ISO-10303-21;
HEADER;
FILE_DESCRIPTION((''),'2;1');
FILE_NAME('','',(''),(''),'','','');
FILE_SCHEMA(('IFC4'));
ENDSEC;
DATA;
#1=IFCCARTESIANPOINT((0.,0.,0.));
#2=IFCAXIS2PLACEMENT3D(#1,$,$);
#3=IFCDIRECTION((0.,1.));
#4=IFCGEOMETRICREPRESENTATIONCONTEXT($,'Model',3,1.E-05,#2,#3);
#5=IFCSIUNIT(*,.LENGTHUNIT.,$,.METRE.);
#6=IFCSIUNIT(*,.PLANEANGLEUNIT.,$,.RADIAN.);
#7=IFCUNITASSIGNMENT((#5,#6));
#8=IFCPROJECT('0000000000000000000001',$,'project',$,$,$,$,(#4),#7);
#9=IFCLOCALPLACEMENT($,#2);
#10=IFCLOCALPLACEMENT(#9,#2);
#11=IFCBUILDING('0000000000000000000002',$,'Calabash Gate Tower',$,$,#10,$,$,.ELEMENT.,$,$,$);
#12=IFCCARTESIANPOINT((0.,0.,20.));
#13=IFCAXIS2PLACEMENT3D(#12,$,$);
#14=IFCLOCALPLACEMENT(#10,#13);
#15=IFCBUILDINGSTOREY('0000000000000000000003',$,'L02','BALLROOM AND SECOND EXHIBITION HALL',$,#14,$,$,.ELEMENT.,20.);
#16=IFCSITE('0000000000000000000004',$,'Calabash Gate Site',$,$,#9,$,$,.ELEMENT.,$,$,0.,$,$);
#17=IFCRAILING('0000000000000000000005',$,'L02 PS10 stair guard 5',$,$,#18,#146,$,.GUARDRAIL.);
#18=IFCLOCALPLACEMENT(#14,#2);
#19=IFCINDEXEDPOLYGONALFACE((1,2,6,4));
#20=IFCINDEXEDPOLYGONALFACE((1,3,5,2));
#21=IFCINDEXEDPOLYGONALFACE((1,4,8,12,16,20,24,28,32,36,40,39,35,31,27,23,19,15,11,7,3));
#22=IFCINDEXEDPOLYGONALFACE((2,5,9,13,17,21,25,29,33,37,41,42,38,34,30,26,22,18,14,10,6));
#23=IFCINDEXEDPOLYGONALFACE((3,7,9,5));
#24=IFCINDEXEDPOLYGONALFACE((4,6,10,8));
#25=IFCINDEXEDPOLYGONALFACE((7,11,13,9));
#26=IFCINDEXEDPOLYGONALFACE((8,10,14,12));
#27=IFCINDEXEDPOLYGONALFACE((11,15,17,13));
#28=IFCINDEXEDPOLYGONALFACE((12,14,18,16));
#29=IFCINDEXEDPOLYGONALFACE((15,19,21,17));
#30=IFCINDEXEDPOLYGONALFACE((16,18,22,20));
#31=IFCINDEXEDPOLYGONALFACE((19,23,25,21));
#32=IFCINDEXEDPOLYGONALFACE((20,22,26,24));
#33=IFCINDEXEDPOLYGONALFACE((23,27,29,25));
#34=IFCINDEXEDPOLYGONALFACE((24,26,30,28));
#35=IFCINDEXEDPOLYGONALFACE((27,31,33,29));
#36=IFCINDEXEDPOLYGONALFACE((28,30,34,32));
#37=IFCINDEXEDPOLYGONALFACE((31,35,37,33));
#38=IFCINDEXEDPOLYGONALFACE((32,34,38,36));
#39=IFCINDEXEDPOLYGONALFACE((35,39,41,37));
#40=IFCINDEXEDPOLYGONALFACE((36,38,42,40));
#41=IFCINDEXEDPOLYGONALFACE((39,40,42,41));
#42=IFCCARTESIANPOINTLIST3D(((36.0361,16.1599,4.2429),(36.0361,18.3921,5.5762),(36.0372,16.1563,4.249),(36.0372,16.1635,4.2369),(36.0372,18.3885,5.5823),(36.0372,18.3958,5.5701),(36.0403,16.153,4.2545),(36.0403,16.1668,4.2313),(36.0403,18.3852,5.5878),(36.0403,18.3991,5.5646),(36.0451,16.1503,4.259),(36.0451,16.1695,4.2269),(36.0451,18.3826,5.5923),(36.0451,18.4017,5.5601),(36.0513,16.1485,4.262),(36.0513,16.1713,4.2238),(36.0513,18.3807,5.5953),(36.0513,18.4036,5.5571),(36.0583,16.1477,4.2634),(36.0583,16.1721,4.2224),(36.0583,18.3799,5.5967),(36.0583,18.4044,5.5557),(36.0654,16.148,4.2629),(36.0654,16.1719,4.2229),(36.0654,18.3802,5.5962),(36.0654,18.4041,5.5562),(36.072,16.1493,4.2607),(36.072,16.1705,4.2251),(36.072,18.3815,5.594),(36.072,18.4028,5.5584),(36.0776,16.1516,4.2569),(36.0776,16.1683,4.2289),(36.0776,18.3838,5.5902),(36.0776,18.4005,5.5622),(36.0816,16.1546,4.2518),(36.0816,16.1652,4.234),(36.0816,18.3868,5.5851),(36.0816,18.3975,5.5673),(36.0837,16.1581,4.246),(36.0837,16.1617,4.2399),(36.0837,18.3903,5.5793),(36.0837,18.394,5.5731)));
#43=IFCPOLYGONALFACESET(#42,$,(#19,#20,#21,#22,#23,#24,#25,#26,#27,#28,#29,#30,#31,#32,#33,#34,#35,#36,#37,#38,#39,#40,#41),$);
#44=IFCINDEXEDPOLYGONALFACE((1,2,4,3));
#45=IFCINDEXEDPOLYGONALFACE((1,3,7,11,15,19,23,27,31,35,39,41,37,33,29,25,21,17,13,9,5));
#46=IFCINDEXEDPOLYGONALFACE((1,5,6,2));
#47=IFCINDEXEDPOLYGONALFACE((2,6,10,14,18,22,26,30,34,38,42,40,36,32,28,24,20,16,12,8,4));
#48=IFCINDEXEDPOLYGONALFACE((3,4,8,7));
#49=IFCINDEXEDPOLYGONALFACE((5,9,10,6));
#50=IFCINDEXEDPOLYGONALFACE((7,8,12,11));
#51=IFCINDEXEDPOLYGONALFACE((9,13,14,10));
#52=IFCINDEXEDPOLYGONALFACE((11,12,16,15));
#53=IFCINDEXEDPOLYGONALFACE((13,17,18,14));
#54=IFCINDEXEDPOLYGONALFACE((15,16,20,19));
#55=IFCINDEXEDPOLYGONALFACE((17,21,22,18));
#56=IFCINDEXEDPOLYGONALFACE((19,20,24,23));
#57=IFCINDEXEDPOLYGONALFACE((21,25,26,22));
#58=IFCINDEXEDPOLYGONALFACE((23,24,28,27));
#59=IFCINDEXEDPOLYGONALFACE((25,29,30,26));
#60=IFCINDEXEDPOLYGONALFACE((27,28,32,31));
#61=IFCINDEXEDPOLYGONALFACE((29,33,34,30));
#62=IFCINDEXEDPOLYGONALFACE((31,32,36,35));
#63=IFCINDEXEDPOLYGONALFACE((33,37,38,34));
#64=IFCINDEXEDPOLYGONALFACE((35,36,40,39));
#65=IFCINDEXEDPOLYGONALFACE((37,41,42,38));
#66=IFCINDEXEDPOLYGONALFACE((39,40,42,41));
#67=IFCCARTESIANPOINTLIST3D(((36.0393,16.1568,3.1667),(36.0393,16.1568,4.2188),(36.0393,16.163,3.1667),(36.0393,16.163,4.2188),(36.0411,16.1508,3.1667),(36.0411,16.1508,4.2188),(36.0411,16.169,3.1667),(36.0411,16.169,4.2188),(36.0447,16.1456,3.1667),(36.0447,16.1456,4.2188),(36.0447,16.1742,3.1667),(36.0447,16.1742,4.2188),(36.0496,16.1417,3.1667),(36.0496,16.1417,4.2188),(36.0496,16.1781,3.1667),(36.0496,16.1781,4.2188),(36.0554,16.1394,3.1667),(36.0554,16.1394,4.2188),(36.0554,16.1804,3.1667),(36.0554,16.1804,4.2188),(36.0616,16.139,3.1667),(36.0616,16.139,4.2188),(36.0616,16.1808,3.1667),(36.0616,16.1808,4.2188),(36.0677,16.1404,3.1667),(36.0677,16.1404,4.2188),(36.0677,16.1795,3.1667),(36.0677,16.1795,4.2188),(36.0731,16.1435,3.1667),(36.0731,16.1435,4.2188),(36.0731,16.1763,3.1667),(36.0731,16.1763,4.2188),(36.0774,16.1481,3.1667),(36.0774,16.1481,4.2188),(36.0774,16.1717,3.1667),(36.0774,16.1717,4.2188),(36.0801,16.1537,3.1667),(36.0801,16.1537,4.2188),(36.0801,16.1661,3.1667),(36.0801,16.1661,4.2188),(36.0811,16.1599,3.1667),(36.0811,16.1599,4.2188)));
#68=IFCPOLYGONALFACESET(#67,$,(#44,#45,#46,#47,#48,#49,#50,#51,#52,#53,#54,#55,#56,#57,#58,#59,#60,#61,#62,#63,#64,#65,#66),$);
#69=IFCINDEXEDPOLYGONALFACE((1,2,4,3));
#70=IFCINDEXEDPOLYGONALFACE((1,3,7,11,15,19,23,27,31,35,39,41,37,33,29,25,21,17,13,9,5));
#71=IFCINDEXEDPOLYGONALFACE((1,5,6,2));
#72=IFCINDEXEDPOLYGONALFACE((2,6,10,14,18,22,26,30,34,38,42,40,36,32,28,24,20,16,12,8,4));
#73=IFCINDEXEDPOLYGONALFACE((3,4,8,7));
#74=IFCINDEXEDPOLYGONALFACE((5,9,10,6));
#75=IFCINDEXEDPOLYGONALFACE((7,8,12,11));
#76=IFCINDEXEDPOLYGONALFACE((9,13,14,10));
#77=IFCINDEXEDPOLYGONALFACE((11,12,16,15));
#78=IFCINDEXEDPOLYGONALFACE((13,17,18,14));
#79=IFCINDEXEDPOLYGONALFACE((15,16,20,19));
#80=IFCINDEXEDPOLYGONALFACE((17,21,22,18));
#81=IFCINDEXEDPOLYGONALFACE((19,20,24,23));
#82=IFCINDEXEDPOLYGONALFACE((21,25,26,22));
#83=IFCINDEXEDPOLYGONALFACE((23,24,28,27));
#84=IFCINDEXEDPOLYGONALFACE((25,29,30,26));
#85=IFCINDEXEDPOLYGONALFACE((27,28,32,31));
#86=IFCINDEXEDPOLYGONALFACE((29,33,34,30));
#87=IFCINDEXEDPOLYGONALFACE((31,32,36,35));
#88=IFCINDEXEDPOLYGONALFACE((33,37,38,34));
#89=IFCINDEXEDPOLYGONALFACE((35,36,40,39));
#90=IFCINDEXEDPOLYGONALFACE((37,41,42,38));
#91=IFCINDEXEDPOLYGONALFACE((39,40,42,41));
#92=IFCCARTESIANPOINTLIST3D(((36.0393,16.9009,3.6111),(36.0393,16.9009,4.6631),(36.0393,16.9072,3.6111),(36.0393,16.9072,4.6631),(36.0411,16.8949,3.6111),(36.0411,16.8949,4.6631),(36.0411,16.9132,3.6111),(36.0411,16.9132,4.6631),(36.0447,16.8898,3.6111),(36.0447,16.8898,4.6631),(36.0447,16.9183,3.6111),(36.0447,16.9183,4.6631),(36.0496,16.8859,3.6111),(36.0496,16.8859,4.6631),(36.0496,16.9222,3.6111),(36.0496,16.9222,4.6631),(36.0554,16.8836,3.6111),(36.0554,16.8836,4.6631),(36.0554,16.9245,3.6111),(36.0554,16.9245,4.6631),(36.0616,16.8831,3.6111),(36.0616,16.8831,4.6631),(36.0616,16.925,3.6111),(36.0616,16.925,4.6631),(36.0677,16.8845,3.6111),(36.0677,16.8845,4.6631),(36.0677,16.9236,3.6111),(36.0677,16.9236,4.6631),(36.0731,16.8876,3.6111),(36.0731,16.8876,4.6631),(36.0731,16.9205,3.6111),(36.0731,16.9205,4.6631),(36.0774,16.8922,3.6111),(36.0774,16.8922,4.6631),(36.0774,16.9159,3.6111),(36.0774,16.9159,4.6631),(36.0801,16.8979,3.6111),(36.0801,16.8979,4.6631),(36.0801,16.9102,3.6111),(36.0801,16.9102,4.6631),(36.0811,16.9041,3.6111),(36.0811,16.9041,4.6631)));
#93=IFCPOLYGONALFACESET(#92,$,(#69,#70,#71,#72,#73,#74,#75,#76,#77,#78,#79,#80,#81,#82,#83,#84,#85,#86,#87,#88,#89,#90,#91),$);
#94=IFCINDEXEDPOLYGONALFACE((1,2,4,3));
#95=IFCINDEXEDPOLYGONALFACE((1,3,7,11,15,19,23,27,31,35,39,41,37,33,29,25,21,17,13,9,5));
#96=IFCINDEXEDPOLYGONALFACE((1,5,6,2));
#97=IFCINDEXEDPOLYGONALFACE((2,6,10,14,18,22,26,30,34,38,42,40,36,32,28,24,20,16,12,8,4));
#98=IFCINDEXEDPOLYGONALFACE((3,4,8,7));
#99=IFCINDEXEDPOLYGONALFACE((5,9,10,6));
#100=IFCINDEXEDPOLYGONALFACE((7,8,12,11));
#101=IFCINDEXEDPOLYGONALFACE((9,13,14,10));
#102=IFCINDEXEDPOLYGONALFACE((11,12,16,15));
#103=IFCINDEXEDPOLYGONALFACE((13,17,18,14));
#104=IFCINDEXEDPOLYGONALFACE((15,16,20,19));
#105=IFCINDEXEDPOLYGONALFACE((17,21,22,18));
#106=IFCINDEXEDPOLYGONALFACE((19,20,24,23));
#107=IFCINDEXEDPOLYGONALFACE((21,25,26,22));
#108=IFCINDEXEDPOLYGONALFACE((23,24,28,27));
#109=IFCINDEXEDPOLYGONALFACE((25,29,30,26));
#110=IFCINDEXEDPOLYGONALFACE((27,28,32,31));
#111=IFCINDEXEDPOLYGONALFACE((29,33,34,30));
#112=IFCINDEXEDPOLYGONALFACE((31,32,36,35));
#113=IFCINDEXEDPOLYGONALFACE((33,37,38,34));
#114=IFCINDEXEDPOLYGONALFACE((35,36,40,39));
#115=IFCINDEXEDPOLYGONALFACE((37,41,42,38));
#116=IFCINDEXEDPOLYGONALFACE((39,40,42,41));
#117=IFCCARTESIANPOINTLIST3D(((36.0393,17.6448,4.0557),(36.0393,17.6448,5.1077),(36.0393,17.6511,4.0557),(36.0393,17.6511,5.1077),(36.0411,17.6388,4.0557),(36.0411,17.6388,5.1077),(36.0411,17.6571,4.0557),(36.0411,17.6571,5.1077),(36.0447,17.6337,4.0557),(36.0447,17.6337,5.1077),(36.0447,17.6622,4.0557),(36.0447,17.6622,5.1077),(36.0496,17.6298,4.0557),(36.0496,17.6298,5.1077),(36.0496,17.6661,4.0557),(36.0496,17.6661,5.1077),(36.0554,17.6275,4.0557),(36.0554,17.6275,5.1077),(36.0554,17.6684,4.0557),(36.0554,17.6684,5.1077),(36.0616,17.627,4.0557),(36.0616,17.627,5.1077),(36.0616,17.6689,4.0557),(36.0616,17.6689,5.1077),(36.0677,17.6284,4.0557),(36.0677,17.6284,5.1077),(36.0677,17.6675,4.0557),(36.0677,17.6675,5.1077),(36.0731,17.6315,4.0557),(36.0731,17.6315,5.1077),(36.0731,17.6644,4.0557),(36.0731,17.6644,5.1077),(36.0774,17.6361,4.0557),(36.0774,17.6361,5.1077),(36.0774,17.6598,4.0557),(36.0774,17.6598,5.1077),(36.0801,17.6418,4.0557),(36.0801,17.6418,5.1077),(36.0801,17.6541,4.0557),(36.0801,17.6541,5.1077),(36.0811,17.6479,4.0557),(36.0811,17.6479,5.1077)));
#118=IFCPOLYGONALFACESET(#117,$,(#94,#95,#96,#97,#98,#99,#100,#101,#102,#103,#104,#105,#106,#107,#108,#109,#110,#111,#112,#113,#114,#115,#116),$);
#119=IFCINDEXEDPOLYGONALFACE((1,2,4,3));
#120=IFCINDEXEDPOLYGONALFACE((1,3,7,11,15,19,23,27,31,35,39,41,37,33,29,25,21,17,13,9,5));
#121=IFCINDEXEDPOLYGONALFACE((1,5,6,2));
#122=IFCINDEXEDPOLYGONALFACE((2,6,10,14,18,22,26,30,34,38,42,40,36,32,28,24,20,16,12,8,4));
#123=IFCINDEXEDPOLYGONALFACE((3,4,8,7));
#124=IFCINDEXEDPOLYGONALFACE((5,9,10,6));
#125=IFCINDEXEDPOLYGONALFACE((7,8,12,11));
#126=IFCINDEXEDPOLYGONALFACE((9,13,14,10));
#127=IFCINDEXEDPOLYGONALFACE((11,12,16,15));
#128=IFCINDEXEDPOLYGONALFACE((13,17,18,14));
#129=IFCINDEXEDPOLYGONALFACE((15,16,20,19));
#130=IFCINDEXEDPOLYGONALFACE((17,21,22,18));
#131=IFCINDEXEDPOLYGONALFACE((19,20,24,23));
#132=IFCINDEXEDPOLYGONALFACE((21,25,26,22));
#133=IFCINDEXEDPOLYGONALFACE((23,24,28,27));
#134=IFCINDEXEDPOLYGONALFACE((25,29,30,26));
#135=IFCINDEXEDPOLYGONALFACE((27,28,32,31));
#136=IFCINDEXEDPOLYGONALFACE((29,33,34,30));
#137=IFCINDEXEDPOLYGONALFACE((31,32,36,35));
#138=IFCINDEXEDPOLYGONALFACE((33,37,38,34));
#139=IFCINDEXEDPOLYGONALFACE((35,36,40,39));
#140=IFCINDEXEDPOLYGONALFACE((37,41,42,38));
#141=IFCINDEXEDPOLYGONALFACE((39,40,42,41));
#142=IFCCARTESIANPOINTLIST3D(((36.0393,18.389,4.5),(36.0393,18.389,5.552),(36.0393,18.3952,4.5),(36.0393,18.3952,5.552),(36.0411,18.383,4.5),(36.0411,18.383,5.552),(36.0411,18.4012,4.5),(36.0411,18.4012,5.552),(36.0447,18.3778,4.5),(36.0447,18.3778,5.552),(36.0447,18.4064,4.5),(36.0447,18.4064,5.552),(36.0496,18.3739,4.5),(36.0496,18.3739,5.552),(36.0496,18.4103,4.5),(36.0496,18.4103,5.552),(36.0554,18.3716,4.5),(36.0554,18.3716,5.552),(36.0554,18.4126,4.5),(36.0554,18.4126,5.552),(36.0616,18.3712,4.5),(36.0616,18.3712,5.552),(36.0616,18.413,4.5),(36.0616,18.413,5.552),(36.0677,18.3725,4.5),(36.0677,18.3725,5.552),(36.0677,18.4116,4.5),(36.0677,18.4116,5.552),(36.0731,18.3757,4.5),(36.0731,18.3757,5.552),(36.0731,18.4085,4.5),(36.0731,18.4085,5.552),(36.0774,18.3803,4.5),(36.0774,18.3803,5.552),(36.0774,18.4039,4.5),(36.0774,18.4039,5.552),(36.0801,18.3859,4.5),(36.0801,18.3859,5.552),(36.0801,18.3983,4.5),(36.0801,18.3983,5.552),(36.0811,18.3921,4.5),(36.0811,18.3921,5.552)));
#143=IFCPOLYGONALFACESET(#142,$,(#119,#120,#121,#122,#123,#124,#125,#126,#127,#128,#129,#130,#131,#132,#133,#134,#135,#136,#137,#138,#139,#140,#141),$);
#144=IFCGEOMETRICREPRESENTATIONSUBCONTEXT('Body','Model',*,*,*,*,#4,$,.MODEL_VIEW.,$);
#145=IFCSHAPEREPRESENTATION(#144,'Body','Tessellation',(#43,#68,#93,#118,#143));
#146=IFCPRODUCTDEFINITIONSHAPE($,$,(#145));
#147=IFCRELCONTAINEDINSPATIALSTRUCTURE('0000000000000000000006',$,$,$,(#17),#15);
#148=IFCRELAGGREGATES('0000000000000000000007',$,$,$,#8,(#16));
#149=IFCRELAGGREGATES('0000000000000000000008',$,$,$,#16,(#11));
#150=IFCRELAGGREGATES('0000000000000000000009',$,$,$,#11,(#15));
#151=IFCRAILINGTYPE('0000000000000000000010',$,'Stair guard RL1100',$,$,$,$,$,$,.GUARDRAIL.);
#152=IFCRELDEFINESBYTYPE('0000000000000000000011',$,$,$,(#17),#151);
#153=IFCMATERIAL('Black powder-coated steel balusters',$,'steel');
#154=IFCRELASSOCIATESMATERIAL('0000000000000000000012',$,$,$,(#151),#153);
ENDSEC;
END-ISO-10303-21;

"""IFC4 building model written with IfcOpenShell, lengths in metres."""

from ifc_helpers import new_model, si_unit, direction, frame, origin, origin_2d, place, context, subcontext, project, spatial, circle, extrude, material, type_object, element, save


model = new_model("IFC4")

# Units and contexts
model_context = context("Model", 3, precision=1e-05, world=origin(), true_north=direction((0.0, 1.0)))
body_context = subcontext(model_context, "Body", "Model", "MODEL_VIEW")
ifc_project = project(units=[si_unit("LENGTHUNIT", "METRE"), si_unit("PLANEANGLEUNIT", "RADIAN")], contexts=[model_context])

# Site, building, storey
site_placement = place(None, origin())
site = spatial("IfcSite", under=ifc_project, at=site_placement, Name="Calabash Gate Site", CompositionType="ELEMENT", RefElevation=0.0)
building_placement = place(site_placement, origin())
building = spatial("IfcBuilding", under=site, at=building_placement, Name="Calabash Gate Tower", CompositionType="ELEMENT")
storey_placement = place(building_placement, frame((0.0, 0.0, 20.0)))
storey = spatial("IfcBuildingStorey", under=building, at=storey_placement, Name="L02", Description="BALLROOM AND SECOND EXHIBITION HALL", CompositionType="ELEMENT", Elevation=20.0)

# Railing
ifc_material_1 = material(Name="Black powder-coated steel balusters", Category="steel")
railing_type_1 = type_object("IfcRailingType", Name="Stair guard RL1100", PredefinedType="GUARDRAIL", material=ifc_material_1)
railing_1_placement = place(storey_placement, frame((36.0601, 16.1599, 3.1667)))
element("IfcRailing", 1, at=railing_1_placement, inside=storey, type_object=railing_type_1, Name="L02 PS10 stair guard 5", PredefinedType="GUARDRAIL", context=body_context, shape_type="SweptSolid", body=[
    extrude(circle(Radius=0.0239, at=origin_2d()), frame((0.0, 0.0, 1.0762), z_axis=(0.0, 0.858519, 0.512782), x_axis=(-1.0, 0.0, 0.0)), (0.0, 0.0, 1.0), 2.6001),
    extrude(circle(Radius=0.021, at=origin_2d()), origin(), (0.0, 0.0, 1.0), 1.052),
    extrude(circle(Radius=0.021, at=origin_2d()), frame((0.0, 0.7441, 0.4443)), (0.0, 0.0, 1.0), 1.052),
    extrude(circle(Radius=0.021, at=origin_2d()), frame((0.0, 1.488, 0.8889)), (0.0, 0.0, 1.0), 1.052),
    extrude(circle(Radius=0.021, at=origin_2d()), frame((0.0, 2.2322, 1.3333)), (0.0, 0.0, 1.0), 1.052),
])

save(model, "model.ifc")
